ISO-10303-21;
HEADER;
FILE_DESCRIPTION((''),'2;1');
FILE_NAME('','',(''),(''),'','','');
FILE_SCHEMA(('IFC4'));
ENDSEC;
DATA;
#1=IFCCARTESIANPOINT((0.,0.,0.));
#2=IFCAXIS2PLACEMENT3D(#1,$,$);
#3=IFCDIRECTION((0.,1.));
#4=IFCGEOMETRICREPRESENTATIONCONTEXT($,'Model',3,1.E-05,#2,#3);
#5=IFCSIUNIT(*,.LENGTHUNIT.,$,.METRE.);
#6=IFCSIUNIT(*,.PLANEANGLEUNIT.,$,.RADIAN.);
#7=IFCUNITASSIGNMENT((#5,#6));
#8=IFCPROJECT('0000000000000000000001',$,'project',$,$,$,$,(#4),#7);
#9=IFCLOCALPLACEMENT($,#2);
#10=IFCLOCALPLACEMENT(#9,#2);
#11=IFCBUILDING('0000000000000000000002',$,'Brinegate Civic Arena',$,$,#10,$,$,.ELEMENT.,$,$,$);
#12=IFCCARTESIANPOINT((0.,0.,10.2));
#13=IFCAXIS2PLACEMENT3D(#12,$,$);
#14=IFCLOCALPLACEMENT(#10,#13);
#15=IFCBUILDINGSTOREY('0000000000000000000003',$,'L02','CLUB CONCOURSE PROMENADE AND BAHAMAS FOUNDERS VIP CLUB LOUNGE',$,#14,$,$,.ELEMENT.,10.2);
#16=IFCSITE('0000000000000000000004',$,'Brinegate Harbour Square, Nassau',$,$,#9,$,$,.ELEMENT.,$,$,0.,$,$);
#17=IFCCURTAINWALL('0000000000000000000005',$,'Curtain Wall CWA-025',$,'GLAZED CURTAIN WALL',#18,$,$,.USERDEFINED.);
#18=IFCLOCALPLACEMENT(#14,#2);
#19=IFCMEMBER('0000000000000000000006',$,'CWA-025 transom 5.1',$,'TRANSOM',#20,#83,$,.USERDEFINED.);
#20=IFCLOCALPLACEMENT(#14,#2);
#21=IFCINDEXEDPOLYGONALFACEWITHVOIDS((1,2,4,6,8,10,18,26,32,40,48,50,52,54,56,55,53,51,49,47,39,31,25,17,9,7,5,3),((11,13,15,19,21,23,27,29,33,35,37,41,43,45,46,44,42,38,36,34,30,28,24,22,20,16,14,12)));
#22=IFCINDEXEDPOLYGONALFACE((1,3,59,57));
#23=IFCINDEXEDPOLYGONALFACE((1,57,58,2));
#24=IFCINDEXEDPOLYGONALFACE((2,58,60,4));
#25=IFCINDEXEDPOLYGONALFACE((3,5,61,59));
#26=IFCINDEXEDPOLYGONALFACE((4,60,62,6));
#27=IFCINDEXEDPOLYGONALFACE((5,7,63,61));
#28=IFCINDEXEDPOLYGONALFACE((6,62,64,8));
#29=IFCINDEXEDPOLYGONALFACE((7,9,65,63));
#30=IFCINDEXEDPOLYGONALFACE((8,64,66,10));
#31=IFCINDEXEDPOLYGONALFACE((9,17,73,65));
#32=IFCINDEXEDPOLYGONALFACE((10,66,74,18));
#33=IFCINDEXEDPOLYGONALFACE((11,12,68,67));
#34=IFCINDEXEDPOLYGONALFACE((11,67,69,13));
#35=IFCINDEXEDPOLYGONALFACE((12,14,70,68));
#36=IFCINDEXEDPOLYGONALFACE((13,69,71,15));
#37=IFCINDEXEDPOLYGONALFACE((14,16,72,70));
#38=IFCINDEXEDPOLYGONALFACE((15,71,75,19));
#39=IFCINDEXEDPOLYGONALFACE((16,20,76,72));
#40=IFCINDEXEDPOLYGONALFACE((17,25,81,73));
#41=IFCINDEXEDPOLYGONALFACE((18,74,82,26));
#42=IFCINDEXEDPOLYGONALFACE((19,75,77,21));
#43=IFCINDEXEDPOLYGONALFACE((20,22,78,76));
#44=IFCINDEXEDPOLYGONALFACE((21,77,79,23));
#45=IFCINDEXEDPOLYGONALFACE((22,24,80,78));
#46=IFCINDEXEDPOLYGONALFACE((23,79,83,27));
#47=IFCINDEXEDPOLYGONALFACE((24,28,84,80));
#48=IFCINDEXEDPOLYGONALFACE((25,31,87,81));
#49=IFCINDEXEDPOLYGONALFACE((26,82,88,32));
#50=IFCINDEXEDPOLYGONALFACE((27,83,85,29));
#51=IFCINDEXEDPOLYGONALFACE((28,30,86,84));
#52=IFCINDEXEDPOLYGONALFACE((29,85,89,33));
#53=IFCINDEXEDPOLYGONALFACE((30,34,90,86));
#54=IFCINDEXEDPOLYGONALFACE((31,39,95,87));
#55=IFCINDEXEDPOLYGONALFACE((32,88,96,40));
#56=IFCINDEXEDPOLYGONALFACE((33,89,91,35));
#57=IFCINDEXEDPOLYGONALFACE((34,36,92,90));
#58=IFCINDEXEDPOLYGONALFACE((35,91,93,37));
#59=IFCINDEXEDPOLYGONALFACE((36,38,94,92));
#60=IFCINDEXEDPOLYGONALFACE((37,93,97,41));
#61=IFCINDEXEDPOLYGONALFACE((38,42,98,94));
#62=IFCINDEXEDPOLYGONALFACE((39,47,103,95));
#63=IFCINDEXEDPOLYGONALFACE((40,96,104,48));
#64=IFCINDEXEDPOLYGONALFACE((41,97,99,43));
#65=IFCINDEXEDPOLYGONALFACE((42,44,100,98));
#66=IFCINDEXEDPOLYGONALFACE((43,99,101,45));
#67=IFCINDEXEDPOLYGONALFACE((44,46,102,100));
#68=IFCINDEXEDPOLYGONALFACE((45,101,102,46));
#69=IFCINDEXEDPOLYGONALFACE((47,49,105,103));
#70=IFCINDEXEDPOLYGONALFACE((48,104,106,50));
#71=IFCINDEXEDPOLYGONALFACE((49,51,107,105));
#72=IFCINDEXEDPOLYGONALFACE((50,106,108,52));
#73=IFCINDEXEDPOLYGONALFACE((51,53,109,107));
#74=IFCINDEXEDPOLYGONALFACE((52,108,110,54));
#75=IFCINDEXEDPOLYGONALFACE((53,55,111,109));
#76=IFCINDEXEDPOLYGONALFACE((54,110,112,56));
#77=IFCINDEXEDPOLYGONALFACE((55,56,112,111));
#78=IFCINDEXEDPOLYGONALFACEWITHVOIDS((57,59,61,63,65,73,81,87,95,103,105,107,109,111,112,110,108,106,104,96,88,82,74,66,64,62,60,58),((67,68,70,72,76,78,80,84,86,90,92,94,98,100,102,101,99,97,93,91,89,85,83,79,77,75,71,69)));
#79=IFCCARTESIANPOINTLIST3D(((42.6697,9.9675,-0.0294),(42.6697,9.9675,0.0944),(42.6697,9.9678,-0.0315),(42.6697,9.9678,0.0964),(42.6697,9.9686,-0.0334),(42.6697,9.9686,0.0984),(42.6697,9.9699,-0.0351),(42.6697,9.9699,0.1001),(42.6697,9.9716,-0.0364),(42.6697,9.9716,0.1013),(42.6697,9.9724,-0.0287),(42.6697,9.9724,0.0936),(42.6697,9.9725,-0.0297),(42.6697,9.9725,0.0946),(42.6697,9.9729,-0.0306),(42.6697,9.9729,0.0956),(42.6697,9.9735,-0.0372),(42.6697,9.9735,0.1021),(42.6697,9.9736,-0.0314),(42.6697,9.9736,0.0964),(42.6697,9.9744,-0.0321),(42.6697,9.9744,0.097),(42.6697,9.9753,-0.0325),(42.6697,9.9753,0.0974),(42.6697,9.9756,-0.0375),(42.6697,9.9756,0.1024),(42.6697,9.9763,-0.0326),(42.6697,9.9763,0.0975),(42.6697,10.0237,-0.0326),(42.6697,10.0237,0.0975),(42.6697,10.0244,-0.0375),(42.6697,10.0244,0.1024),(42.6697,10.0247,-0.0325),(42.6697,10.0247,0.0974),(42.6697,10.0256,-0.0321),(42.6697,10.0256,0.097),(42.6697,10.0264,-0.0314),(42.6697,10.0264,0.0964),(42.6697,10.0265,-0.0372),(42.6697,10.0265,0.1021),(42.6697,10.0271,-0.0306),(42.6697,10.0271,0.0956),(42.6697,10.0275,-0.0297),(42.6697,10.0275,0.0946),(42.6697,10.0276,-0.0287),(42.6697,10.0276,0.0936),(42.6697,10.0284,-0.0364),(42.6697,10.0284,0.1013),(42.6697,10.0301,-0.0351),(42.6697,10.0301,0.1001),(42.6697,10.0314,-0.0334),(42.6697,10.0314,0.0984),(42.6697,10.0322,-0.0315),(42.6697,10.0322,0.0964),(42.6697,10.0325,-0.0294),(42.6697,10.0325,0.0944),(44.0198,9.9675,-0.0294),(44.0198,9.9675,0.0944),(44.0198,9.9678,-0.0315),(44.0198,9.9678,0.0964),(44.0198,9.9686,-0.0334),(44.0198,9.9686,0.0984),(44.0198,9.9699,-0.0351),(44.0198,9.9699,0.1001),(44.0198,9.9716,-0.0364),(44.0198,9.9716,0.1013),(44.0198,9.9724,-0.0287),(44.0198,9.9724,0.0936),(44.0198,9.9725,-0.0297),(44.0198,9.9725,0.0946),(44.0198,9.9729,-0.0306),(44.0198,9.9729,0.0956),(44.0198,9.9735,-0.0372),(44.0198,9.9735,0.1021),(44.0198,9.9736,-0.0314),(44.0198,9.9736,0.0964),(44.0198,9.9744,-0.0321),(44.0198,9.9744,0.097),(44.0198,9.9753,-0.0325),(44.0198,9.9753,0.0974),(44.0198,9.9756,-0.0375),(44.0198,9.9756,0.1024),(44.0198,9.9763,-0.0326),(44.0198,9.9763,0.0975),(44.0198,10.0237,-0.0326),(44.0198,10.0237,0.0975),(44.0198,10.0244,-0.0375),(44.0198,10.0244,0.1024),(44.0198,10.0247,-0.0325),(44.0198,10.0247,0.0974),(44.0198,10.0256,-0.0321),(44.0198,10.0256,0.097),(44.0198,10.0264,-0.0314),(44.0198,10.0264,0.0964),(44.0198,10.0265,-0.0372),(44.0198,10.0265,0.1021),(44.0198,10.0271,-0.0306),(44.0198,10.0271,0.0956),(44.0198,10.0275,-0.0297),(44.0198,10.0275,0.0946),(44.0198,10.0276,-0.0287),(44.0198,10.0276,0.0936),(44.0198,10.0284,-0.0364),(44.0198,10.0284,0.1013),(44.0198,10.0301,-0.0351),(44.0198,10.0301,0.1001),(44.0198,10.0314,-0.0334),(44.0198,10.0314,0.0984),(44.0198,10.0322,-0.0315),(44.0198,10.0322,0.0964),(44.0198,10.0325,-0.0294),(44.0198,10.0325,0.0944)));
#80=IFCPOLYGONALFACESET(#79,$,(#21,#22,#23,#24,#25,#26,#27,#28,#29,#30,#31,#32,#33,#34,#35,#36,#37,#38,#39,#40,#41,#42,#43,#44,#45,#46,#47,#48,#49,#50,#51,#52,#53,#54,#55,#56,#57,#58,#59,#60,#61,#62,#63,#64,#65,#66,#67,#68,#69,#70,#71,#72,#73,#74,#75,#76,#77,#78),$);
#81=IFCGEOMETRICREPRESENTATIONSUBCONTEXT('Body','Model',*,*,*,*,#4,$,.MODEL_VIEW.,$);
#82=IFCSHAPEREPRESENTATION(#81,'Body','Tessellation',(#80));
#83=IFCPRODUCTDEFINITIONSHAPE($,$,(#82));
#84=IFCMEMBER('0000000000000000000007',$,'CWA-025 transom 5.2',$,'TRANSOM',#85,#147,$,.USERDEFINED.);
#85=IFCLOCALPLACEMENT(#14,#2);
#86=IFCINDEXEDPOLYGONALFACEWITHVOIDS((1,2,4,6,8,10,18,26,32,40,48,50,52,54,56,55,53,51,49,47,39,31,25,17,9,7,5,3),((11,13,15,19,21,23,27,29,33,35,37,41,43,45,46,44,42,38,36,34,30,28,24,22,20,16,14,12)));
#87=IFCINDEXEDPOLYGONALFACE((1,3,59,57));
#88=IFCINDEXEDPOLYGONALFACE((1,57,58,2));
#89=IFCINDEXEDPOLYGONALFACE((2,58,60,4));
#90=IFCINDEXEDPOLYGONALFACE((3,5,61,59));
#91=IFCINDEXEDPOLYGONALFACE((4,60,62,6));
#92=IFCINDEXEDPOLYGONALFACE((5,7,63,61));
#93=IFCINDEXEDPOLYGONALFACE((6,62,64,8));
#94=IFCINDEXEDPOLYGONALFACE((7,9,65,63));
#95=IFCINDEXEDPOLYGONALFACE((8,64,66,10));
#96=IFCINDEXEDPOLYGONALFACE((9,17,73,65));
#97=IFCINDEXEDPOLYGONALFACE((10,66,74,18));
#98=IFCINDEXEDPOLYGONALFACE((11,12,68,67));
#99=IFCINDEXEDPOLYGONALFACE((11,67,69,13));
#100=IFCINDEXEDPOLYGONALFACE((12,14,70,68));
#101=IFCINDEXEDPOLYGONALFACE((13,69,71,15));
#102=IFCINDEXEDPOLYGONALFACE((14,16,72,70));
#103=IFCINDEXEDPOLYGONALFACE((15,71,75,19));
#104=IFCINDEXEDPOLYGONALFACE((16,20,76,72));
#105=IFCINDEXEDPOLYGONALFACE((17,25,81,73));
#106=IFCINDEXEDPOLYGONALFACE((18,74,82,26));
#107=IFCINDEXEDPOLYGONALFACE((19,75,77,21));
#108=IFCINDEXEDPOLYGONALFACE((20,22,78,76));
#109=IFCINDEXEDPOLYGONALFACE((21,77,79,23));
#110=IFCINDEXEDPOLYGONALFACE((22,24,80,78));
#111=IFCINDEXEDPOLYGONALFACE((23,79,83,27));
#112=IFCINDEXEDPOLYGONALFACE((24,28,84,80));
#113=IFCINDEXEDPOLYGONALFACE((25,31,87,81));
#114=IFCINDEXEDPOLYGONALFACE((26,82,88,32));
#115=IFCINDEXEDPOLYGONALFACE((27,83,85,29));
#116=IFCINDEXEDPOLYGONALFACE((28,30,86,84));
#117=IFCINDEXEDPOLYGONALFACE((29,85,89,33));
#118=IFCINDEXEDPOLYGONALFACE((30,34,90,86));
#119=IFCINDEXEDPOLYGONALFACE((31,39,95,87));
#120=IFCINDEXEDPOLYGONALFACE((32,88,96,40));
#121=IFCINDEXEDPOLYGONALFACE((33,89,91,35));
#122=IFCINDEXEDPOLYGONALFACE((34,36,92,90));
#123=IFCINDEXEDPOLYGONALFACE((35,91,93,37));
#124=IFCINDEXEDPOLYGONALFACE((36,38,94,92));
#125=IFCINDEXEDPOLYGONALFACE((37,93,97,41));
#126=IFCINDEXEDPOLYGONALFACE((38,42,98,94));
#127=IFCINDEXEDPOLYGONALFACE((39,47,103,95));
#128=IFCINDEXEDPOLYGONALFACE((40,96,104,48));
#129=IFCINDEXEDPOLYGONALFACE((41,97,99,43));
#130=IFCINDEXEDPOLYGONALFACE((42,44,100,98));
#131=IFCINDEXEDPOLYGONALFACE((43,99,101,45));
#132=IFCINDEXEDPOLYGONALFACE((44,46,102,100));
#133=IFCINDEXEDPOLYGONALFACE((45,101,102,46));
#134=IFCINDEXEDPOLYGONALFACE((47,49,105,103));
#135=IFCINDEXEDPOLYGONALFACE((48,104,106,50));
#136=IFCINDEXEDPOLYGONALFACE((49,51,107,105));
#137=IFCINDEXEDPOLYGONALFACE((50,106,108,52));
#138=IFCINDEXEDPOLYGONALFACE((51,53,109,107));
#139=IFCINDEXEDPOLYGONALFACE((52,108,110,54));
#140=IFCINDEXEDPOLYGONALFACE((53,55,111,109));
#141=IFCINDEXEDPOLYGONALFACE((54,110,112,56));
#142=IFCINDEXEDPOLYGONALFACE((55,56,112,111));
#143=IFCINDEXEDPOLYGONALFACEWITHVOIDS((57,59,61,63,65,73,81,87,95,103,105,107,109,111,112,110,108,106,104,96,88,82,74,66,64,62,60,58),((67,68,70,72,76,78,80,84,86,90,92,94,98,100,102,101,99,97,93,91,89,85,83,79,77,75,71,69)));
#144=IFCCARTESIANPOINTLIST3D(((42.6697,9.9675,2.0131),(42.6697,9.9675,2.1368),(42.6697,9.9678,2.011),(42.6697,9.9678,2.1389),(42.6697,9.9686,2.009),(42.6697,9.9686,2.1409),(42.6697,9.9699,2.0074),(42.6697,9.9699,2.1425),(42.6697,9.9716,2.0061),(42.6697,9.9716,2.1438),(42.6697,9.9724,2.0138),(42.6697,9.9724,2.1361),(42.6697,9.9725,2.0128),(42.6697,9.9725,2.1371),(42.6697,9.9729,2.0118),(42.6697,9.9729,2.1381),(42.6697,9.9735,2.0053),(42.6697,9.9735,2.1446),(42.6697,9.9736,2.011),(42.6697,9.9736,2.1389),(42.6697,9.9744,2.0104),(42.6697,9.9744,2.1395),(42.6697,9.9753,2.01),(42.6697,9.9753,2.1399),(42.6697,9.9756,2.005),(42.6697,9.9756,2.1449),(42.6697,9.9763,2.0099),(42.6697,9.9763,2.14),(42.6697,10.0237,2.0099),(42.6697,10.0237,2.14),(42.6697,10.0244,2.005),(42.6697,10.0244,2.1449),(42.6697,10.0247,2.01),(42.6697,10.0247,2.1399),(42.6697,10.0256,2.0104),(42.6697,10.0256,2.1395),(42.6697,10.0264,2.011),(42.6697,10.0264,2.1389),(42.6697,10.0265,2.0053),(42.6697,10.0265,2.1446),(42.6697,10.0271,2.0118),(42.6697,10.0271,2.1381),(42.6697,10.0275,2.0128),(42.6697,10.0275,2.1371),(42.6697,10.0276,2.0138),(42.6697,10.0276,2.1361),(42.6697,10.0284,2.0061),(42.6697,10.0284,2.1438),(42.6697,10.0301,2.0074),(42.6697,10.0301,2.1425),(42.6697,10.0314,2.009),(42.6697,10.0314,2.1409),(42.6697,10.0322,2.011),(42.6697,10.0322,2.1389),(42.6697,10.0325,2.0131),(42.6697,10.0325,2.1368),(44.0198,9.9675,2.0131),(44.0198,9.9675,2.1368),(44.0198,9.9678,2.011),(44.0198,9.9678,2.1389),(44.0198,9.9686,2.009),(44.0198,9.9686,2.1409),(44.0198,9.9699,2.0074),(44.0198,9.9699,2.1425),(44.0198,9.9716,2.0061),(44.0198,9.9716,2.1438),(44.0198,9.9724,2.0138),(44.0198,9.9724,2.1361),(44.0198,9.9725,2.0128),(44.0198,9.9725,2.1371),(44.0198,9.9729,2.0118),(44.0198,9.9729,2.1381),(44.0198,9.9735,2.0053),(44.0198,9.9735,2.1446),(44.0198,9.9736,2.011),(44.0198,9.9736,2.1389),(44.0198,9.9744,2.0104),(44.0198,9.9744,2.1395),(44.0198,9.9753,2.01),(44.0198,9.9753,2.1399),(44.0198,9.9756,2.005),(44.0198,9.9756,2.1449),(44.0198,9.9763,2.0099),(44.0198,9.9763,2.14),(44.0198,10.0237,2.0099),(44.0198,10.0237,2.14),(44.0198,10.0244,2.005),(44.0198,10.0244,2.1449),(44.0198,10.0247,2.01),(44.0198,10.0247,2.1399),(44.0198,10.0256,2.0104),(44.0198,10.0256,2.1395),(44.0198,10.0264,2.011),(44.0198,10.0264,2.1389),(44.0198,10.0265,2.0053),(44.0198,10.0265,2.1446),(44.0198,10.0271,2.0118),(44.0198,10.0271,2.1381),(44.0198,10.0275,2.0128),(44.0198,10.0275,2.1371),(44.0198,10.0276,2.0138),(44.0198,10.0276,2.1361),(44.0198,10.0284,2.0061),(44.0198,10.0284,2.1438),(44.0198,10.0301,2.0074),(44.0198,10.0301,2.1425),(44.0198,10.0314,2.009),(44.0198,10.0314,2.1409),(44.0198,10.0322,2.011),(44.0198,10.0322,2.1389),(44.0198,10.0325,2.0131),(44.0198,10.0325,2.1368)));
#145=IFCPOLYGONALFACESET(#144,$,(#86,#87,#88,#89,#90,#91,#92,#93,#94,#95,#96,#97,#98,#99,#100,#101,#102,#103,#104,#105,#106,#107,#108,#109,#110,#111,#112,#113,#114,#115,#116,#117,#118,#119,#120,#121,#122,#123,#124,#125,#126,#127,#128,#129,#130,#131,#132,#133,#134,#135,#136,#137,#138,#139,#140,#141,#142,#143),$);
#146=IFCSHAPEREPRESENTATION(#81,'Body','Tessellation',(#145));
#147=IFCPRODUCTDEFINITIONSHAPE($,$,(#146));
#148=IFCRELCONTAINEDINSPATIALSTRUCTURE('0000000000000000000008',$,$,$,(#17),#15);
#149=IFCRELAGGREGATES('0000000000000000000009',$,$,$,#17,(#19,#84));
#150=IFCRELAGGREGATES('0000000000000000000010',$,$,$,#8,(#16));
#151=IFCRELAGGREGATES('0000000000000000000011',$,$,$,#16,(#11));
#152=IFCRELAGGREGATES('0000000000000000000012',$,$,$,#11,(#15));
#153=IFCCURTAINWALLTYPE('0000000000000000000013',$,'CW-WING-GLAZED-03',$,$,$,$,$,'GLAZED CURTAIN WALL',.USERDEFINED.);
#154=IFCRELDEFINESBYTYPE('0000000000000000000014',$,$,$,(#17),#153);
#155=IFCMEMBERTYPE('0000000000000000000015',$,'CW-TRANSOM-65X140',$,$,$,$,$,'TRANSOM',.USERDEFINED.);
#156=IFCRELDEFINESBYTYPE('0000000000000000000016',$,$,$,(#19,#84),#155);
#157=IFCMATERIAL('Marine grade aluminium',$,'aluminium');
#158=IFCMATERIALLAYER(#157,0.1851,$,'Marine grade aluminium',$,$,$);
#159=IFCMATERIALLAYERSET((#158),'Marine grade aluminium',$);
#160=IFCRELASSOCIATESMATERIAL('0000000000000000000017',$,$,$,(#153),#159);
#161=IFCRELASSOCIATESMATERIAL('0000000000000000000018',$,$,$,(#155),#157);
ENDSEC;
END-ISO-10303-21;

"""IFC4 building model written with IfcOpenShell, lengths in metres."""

from ifc_helpers import new_model, si_unit, direction, frame, origin, origin_2d, place, context, subcontext, project, spatial, hollow_rectangle, extrude, material, layer, layer_set, material_profile, profile_set, type_object, element, aggregate, save


model = new_model("IFC4")

# Units and contexts
model_context = context("Model", 3, precision=1e-05, world=origin(), true_north=direction((0.0, 1.0)))
body_context = subcontext(model_context, "Body", "Model", "MODEL_VIEW")
ifc_project = project(units=[si_unit("LENGTHUNIT", "METRE"), si_unit("PLANEANGLEUNIT", "RADIAN")], contexts=[model_context])

# Site, building, storey
site_placement = place(None, origin())
site = spatial("IfcSite", under=ifc_project, at=site_placement, Name="Brinegate Harbour Square, Nassau", CompositionType="ELEMENT", RefElevation=0.0)
building_placement = place(site_placement, origin())
building = spatial("IfcBuilding", under=site, at=building_placement, Name="Brinegate Civic Arena", CompositionType="ELEMENT")
storey_placement = place(building_placement, frame((0.0, 0.0, 10.2)))
storey = spatial("IfcBuildingStorey", under=building, at=storey_placement, Name="L02", Description="CLUB CONCOURSE PROMENADE AND BAHAMAS FOUNDERS VIP CLUB LOUNGE", CompositionType="ELEMENT", Elevation=10.2)

# Curtain wall, members
ifc_material_1 = material(Name="Marine grade aluminium", Category="aluminium")
ifc_layer_1 = layer(ifc_material_1, 0.1851, Name="Marine grade aluminium")
ifc_layer_set_1 = layer_set([ifc_layer_1], Name="Marine grade aluminium")
curtain_wall_type = type_object("IfcCurtainWallType", Name="CW-WING-GLAZED-03", ElementType="GLAZED CURTAIN WALL", PredefinedType="USERDEFINED", material=ifc_layer_set_1)
curtain_wall_1_placement = place(storey_placement, origin())
curtain_wall_1 = element("IfcCurtainWall", 1, at=curtain_wall_1_placement, inside=storey, type_object=curtain_wall_type, Name="Curtain Wall CWA-025", ObjectType="GLAZED CURTAIN WALL", PredefinedType="USERDEFINED")
ifc_material_profile_1 = material_profile(ifc_material_1, hollow_rectangle(XDim=0.0649, YDim=0.1399, WallThickness=0.0049, InnerFilletRadius=0.0039, OuterFilletRadius=0.0081, at=origin_2d()), Name="TRN65X140")
ifc_profile_set_1 = profile_set([ifc_material_profile_1], Name="Marine grade aluminium")
member_type_1 = type_object("IfcMemberType", Name="CW-TRANSOM-65X140", ElementType="TRANSOM", PredefinedType="USERDEFINED", material=ifc_profile_set_1)
member_1_placement = place(storey_placement, frame((42.6697, 10.0, 0.0325), z_axis=(1.0, 0.0, 0.0), x_axis=(0.0, 1.0, 0.0)))
member_1 = element("IfcMember", 2, at=member_1_placement, type_object=member_type_1, Name="CWA-025 transom 5.1", ObjectType="TRANSOM", PredefinedType="USERDEFINED", context=body_context, shape_type="SweptSolid", body=[
    extrude(hollow_rectangle(XDim=0.0649, YDim=0.1399, WallThickness=0.0049, InnerFilletRadius=0.0039, OuterFilletRadius=0.0081, at=origin_2d()), origin(), (0.0, 0.0, 1.0), 1.3501),
])
member_2_placement = place(storey_placement, frame((42.6697, 10.0, 2.075), z_axis=(1.0, 0.0, 0.0), x_axis=(0.0, 1.0, 0.0)))
member_2 = element("IfcMember", 3, at=member_2_placement, type_object=member_type_1, Name="CWA-025 transom 5.2", ObjectType="TRANSOM", PredefinedType="USERDEFINED", context=body_context, shape_type="SweptSolid", body=[
    extrude(hollow_rectangle(XDim=0.0649, YDim=0.1399, WallThickness=0.0049, InnerFilletRadius=0.0039, OuterFilletRadius=0.0081, at=origin_2d()), origin(), (0.0, 0.0, 1.0), 1.3501),
])

aggregate(curtain_wall_1, [member_1, member_2])

save(model, "model.ifc")
